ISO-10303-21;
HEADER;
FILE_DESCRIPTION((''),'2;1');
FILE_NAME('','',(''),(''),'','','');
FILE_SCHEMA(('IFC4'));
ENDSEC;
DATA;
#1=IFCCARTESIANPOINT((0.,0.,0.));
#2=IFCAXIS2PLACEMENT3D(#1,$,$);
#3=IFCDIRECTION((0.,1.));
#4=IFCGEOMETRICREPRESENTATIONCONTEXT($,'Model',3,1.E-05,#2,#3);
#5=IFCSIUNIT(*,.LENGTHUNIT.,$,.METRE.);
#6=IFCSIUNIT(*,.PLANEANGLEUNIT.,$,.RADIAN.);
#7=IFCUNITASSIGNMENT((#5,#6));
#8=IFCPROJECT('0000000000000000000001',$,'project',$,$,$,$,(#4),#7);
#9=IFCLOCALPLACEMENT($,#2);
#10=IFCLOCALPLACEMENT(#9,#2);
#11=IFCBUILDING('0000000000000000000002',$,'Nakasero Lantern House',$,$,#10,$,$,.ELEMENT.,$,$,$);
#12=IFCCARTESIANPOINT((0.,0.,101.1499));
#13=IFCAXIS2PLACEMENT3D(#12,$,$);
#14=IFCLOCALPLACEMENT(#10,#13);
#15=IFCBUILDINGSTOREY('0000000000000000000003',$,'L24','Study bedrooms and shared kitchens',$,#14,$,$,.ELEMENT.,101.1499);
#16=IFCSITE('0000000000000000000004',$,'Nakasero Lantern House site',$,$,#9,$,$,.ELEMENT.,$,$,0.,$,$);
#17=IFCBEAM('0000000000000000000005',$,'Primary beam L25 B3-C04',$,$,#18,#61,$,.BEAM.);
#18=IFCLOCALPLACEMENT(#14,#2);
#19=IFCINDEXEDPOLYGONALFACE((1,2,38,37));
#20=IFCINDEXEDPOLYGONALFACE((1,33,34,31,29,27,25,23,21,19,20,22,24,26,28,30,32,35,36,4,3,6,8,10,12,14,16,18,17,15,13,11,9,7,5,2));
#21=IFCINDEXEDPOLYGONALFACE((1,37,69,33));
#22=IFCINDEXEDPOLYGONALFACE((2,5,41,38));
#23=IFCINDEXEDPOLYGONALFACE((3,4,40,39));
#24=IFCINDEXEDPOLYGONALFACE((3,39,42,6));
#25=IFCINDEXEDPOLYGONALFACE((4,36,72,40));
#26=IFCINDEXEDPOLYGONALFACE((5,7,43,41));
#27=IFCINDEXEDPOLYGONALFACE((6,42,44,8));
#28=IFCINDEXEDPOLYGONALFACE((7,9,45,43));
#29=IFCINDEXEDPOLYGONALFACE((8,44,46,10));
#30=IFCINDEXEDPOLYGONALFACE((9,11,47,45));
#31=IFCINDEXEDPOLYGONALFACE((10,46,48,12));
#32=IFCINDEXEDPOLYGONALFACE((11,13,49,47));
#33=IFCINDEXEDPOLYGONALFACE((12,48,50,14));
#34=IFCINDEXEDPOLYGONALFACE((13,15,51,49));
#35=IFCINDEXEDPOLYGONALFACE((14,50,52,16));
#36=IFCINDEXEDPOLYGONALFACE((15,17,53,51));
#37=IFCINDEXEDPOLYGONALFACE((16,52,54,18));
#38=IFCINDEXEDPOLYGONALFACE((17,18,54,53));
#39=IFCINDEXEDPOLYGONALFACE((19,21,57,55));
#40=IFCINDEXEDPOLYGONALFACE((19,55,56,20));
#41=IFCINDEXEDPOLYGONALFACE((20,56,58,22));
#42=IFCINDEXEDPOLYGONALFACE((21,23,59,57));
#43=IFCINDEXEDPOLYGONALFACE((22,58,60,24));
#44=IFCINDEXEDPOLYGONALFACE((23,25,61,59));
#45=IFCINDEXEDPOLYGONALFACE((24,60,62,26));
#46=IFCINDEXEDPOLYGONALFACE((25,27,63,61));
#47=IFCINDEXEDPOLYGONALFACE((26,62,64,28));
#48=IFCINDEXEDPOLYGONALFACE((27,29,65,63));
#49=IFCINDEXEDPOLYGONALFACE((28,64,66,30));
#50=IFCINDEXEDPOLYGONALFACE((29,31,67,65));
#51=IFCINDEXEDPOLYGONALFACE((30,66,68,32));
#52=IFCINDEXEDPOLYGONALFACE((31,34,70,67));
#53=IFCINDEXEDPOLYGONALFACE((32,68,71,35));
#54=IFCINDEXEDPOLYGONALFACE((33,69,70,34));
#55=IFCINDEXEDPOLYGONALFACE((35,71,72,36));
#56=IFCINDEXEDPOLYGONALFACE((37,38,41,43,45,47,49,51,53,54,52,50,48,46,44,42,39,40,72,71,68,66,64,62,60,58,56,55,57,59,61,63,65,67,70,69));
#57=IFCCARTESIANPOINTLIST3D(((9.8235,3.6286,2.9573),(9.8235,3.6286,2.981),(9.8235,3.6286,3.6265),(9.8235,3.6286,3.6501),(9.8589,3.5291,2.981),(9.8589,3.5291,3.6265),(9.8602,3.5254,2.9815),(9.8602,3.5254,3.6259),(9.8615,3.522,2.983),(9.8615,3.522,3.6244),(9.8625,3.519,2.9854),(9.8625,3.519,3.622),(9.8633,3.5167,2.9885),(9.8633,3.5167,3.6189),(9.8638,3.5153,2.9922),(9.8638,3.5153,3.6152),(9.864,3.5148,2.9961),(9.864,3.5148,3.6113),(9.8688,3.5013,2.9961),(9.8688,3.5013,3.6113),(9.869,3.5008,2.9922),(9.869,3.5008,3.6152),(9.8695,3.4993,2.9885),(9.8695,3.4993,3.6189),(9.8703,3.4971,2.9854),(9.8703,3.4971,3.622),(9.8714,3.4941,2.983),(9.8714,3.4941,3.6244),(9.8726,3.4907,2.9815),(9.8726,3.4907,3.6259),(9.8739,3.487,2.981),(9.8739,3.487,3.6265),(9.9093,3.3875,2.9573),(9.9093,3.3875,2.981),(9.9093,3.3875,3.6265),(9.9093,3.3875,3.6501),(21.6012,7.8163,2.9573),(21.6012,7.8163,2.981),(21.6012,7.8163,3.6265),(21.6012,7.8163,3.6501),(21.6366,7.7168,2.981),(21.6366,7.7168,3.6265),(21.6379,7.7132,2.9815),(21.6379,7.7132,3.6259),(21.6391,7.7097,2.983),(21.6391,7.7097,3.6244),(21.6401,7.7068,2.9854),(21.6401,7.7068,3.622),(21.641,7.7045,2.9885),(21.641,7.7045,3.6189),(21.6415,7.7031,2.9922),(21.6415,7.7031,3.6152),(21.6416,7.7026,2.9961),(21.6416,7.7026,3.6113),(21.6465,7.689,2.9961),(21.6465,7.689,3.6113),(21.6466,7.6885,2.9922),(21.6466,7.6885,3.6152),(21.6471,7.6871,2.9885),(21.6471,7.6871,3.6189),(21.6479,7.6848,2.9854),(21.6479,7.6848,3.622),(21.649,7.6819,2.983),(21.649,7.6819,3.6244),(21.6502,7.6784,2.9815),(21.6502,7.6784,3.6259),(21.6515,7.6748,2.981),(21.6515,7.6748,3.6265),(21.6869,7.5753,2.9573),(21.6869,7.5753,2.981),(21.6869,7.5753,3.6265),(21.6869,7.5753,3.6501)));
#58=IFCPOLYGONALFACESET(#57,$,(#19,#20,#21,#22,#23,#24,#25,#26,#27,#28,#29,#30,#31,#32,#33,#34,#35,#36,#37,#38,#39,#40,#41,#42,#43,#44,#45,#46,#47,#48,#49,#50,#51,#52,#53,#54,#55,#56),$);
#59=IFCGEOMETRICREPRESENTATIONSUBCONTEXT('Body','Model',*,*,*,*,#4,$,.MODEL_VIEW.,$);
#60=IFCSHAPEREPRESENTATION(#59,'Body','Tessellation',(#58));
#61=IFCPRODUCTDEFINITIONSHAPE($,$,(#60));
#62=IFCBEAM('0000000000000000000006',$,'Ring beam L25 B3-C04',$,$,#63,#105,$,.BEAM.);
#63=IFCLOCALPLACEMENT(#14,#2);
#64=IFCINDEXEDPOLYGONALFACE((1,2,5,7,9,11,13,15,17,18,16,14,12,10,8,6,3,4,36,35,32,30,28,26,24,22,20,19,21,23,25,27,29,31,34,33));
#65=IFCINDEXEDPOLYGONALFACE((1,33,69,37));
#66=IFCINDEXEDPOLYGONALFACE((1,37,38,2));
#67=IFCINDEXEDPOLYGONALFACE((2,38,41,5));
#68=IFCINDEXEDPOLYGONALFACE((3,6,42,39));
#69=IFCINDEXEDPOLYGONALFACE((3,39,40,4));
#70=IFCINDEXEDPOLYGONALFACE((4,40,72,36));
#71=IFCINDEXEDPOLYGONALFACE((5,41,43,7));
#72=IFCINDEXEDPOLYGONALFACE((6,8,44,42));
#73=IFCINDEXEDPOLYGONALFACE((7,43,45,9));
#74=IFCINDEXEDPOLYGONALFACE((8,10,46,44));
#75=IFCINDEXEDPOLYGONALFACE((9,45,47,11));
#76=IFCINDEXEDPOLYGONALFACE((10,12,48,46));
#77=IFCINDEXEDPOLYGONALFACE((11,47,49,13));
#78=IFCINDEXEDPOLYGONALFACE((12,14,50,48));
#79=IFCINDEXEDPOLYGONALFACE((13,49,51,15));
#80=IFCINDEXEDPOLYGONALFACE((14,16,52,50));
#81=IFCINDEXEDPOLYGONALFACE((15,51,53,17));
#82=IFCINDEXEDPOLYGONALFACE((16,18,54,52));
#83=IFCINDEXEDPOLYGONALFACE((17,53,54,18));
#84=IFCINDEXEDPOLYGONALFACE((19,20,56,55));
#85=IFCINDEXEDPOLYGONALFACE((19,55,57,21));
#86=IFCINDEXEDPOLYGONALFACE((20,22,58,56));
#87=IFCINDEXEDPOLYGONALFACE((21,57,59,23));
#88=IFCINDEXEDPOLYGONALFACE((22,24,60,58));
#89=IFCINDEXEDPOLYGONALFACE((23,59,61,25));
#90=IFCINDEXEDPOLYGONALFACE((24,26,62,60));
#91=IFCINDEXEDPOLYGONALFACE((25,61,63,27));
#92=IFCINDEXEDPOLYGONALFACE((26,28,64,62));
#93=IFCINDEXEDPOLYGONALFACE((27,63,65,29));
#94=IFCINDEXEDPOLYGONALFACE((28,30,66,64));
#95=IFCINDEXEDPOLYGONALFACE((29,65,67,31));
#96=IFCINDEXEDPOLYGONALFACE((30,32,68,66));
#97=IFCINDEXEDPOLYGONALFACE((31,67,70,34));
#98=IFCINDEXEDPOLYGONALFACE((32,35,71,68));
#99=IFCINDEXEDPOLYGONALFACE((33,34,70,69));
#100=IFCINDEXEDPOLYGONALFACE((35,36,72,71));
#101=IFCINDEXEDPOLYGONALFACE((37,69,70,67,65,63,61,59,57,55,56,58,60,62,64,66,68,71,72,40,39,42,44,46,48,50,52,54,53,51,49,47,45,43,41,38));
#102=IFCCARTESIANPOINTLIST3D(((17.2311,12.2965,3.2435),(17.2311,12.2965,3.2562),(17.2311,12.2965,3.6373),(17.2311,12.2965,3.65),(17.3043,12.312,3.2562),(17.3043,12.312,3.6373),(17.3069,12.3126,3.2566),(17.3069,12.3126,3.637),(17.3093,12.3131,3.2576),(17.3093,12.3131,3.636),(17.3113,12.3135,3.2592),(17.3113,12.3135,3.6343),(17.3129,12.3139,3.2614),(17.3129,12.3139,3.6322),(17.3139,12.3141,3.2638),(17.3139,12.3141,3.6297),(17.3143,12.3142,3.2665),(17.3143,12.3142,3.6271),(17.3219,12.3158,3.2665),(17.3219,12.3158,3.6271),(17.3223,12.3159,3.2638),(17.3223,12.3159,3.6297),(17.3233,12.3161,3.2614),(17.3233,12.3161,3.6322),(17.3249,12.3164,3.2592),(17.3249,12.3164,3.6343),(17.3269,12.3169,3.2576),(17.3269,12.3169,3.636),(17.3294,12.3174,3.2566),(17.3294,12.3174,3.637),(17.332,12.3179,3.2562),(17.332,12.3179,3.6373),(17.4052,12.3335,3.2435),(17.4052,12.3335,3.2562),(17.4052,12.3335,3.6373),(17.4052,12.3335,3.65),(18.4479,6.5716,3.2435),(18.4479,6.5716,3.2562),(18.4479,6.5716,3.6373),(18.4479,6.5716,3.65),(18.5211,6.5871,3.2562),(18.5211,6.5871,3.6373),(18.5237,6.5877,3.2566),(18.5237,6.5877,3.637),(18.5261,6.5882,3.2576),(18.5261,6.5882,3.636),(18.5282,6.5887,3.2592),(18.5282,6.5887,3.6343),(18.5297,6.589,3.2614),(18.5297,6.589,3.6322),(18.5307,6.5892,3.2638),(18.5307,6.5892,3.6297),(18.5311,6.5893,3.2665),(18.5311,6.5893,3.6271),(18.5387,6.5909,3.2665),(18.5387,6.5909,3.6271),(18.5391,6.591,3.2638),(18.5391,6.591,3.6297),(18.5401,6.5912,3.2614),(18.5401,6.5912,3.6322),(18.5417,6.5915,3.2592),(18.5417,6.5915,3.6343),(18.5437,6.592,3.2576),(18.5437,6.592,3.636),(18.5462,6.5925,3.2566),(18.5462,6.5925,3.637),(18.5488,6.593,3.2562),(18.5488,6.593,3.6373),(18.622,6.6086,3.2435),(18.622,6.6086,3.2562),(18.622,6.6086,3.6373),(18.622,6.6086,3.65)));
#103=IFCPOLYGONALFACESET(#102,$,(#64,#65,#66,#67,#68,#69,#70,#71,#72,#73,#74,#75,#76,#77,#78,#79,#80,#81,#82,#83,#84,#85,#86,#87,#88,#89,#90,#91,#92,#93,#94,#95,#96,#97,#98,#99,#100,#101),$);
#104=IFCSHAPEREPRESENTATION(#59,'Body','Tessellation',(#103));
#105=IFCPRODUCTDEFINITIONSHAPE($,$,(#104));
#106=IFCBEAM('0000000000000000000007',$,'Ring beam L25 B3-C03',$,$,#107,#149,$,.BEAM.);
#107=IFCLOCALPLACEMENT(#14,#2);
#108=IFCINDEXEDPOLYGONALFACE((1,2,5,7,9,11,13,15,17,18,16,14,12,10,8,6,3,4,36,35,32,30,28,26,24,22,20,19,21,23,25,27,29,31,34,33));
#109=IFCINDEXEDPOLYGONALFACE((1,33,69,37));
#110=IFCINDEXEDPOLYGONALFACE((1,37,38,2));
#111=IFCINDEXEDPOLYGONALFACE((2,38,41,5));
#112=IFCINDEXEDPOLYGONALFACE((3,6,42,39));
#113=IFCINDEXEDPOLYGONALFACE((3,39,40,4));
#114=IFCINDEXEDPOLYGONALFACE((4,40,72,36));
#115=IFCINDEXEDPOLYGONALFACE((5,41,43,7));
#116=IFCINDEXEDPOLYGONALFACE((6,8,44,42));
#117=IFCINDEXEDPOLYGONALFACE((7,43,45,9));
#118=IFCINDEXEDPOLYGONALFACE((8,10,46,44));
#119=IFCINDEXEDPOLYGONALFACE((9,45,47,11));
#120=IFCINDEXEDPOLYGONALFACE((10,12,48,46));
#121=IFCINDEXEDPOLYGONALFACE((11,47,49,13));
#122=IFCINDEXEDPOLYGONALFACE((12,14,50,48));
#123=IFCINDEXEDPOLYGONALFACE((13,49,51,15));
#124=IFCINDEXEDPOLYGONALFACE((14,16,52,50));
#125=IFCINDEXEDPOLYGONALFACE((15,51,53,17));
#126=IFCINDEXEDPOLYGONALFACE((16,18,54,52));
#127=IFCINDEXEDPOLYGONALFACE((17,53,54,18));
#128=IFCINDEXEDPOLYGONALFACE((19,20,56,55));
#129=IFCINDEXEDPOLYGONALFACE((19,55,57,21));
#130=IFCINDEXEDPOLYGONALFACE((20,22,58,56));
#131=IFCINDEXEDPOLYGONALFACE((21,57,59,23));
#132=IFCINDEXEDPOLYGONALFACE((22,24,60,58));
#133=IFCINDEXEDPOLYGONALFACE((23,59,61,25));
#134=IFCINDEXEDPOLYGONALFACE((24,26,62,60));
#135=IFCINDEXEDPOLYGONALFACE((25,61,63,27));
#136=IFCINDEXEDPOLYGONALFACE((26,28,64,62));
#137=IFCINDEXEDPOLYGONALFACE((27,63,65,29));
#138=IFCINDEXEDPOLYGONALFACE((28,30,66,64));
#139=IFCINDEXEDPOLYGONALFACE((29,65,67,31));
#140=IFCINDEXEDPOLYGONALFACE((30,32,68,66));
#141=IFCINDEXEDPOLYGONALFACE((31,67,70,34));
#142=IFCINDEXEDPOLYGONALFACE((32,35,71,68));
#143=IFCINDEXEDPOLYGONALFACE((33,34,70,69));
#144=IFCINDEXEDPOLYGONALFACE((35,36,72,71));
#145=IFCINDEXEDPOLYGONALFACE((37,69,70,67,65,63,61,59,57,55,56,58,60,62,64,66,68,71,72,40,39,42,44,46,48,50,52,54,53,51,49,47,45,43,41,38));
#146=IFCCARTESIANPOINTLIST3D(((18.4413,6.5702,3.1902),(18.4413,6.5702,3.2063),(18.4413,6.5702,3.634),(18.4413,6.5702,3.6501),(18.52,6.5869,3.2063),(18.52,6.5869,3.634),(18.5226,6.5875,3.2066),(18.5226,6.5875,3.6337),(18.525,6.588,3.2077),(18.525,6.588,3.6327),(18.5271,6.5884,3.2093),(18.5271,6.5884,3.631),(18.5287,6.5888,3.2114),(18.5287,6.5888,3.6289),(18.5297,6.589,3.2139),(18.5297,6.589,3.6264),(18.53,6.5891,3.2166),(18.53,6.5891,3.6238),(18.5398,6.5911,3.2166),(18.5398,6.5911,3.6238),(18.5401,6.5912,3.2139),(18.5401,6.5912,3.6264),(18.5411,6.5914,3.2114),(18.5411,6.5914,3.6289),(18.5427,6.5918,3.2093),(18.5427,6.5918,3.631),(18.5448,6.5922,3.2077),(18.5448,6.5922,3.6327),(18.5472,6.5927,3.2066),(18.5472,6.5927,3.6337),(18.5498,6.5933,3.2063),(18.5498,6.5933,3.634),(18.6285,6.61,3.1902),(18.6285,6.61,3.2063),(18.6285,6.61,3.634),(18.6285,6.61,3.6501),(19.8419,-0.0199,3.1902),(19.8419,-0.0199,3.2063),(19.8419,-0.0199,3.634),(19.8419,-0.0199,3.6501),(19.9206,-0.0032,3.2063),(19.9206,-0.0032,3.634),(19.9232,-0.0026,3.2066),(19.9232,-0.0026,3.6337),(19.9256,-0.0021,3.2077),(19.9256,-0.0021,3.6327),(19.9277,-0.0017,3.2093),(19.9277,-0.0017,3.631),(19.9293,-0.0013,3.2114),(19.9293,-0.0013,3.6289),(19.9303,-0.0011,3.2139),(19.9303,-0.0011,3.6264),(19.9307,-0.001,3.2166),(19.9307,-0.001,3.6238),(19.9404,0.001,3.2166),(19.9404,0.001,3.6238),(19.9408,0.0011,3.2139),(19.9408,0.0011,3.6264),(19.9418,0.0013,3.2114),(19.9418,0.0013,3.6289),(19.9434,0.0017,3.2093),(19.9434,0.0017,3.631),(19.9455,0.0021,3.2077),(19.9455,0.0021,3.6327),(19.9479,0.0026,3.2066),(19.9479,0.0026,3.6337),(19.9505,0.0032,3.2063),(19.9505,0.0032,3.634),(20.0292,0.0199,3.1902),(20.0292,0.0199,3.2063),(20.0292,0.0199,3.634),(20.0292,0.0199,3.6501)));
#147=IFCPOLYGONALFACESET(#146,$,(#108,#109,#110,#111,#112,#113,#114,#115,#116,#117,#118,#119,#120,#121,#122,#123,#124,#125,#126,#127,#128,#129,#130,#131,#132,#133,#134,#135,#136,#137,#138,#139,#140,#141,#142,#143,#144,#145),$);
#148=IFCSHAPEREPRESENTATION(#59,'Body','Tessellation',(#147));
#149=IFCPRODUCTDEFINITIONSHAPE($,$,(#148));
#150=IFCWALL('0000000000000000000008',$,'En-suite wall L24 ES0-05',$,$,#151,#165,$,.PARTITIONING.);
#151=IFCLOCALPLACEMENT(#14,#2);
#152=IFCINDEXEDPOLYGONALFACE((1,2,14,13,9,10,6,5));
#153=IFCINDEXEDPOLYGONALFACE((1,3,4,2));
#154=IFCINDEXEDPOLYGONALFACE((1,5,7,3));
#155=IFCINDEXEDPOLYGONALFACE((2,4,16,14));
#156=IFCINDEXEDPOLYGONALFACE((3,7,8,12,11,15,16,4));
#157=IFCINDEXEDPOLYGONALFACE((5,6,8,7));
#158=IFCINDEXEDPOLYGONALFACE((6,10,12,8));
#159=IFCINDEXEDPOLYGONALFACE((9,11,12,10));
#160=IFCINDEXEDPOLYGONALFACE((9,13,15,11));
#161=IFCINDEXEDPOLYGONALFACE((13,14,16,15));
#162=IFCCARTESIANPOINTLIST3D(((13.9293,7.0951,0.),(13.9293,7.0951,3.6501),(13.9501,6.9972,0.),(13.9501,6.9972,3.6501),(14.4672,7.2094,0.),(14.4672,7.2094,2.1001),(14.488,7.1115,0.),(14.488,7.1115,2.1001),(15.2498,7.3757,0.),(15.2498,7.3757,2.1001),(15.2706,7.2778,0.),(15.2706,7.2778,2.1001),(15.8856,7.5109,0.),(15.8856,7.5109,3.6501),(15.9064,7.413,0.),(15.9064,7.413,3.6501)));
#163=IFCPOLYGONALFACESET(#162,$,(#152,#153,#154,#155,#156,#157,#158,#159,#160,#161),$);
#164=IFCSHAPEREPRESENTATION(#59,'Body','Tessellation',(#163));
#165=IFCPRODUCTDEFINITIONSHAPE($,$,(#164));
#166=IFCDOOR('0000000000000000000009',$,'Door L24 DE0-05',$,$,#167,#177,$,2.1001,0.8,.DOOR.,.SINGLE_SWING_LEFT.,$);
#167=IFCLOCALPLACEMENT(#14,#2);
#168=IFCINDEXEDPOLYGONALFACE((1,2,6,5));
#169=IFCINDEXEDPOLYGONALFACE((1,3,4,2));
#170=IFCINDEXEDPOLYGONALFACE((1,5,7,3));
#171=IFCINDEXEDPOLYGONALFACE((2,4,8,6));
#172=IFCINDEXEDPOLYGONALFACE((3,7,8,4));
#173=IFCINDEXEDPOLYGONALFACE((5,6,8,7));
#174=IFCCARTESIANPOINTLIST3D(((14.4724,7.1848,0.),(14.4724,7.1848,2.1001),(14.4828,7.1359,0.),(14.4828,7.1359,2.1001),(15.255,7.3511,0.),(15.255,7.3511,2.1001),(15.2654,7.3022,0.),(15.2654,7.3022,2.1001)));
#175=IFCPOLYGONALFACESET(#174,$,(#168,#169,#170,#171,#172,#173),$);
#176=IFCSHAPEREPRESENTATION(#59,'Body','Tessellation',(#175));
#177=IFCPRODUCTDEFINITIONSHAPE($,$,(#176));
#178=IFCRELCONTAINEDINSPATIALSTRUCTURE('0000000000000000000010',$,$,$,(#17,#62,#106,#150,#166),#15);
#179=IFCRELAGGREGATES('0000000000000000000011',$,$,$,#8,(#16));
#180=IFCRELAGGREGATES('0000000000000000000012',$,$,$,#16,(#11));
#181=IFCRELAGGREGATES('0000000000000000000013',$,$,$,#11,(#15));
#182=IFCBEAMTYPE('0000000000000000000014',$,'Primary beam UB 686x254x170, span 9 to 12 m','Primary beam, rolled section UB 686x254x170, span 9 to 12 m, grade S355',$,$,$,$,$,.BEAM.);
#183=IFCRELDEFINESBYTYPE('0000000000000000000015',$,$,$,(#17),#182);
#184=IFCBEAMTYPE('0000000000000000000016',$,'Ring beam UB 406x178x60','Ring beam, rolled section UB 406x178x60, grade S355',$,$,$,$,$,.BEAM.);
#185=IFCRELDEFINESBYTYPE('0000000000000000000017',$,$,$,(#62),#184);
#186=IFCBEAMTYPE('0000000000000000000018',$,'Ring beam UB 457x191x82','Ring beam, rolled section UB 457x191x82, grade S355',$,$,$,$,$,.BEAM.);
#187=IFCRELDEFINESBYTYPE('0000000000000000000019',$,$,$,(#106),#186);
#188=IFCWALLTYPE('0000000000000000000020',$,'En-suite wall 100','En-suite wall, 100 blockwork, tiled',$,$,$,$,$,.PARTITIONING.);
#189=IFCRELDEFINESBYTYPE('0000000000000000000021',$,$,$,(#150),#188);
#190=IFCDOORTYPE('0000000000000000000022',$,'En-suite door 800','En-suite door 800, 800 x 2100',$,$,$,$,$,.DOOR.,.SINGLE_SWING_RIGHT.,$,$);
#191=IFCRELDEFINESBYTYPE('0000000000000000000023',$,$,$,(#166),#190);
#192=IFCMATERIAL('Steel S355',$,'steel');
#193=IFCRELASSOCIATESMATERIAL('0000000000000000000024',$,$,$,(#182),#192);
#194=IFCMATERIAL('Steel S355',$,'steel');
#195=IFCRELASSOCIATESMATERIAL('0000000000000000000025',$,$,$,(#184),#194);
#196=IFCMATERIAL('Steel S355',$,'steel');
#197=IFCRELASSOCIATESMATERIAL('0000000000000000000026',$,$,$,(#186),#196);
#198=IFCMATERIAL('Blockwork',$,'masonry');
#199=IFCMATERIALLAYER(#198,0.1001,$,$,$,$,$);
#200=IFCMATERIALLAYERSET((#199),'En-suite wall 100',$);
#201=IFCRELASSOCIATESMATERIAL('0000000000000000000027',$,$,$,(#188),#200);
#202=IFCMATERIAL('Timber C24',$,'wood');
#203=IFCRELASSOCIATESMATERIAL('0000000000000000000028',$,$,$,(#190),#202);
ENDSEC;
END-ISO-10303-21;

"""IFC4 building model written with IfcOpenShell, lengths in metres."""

from ifc_helpers import new_model, si_unit, direction, frame, frame_2d, origin, origin_2d, place, context, subcontext, project, spatial, rectangle, i_section, extrude, material, layer, layer_set, material_profile, profile_set, type_object, element, fill, save


model = new_model("IFC4")

# Units and contexts
model_context = context("Model", 3, precision=1e-05, world=origin(), true_north=direction((0.0, 1.0)))
body_context = subcontext(model_context, "Body", "Model", "MODEL_VIEW")
ifc_project = project(units=[si_unit("LENGTHUNIT", "METRE"), si_unit("PLANEANGLEUNIT", "RADIAN")], contexts=[model_context])

# Site, building, storey
site_placement = place(None, origin())
site = spatial("IfcSite", under=ifc_project, at=site_placement, Name="Nakasero Lantern House site", CompositionType="ELEMENT", RefElevation=0.0)
building_placement = place(site_placement, origin())
building = spatial("IfcBuilding", under=site, at=building_placement, Name="Nakasero Lantern House", CompositionType="ELEMENT")
storey_placement = place(building_placement, frame((0.0, 0.0, 101.1499)))
storey = spatial("IfcBuildingStorey", under=building, at=storey_placement, Name="L24", Description="Study bedrooms and shared kitchens", CompositionType="ELEMENT", Elevation=101.1499)

# Beams
ifc_material_1 = material(Name="Steel S355", Category="steel")
ifc_material_profile_1 = material_profile(ifc_material_1, i_section(OverallWidth=0.2559, OverallDepth=0.6929, WebThickness=0.0144, FlangeThickness=0.0237, FilletRadius=0.0151, at=origin_2d()), Name="UB 686x254x170")
ifc_profile_set_1 = profile_set([ifc_material_profile_1], Name="Steel S355")
beam_type_1 = type_object("IfcBeamType", Name="Primary beam UB 686x254x170, span 9 to 12 m", Description="Primary beam, rolled section UB 686x254x170, span 9 to 12 m, grade S355", PredefinedType="BEAM", material=ifc_profile_set_1)
beam_1_placement = place(storey_placement, frame((21.644, 7.6958, 3.3037), z_axis=(-0.942211, -0.335021, 0.0), x_axis=(0.335021, -0.942211, 0.0)))
element("IfcBeam", 1, at=beam_1_placement, inside=storey, type_object=beam_type_1, Name="Primary beam L25 B3-C04", PredefinedType="BEAM", context=body_context, shape_type="SweptSolid", body=[
    extrude(i_section(OverallWidth=0.2559, OverallDepth=0.6929, WebThickness=0.0144, FlangeThickness=0.0237, FilletRadius=0.0151, at=origin_2d()), origin(), (0.0, 0.0, 1.0), 12.5),
])
ifc_material_2 = material(Name="Steel S355", Category="steel")
ifc_material_profile_2 = material_profile(ifc_material_2, i_section(OverallWidth=0.178, OverallDepth=0.4065, WebThickness=0.0078, FlangeThickness=0.0127, FilletRadius=0.0103, at=origin_2d()), Name="UB 406x178x60")
ifc_profile_set_2 = profile_set([ifc_material_profile_2], Name="Steel S355")
beam_type_2 = type_object("IfcBeamType", Name="Ring beam UB 406x178x60", Description="Ring beam, rolled section UB 406x178x60, grade S355", PredefinedType="BEAM", material=ifc_profile_set_2)
beam_2_placement = place(storey_placement, frame((18.5349, 6.5901, 3.4468), z_axis=(-0.207902, 0.97815, 0.0), x_axis=(-0.97815, -0.207902, 0.0)))
element("IfcBeam", 2, at=beam_2_placement, inside=storey, type_object=beam_type_2, Name="Ring beam L25 B3-C04", PredefinedType="BEAM", context=body_context, shape_type="SweptSolid", body=[
    extrude(i_section(OverallWidth=0.178, OverallDepth=0.4065, WebThickness=0.0078, FlangeThickness=0.0127, FilletRadius=0.0103, at=origin_2d()), origin(), (0.0, 0.0, 1.0), 5.8528),
])
ifc_material_3 = material(Name="Steel S355", Category="steel")
ifc_material_profile_3 = material_profile(ifc_material_3, i_section(OverallWidth=0.1914, OverallDepth=0.46, WebThickness=0.01, FlangeThickness=0.0161, FilletRadius=0.0103, at=origin_2d()), Name="UB 457x191x82")
ifc_profile_set_3 = profile_set([ifc_material_profile_3], Name="Steel S355")
beam_type_3 = type_object("IfcBeamType", Name="Ring beam UB 457x191x82", Description="Ring beam, rolled section UB 457x191x82, grade S355", PredefinedType="BEAM", material=ifc_profile_set_3)
beam_3_placement = place(storey_placement, frame((19.9355, 0.0, 3.4202), z_axis=(-0.207893, 0.978152, 0.0), x_axis=(-0.978152, -0.207893, 0.0)))
element("IfcBeam", 3, at=beam_3_placement, inside=storey, type_object=beam_type_3, Name="Ring beam L25 B3-C03", PredefinedType="BEAM", context=body_context, shape_type="SweptSolid", body=[
    extrude(i_section(OverallWidth=0.1914, OverallDepth=0.46, WebThickness=0.01, FlangeThickness=0.0161, FilletRadius=0.0103, at=origin_2d()), origin(), (0.0, 0.0, 1.0), 6.7373),
])

# Wall, opening, door
ifc_material_4 = material(Name="Blockwork", Category="masonry")
ifc_layer_1 = layer(ifc_material_4, 0.1001)
ifc_layer_set_1 = layer_set([ifc_layer_1], Name="En-suite wall 100")
wall_type_1 = type_object("IfcWallType", Name="En-suite wall 100", Description="En-suite wall, 100 blockwork, tiled", PredefinedType="PARTITIONING", material=ifc_layer_set_1)
wall_1_placement = place(storey_placement, frame((13.9397, 7.0461, 0.0), z_axis=(0.0, 0.0, 1.0), x_axis=(0.978153, 0.207886, 0.0)))
wall_1 = element("IfcWall", 4, at=wall_1_placement, inside=storey, type_object=wall_type_1, Name="En-suite wall L24 ES0-05", PredefinedType="PARTITIONING", context=body_context, shape_type="SweptSolid", body=[
    extrude(rectangle(XDim=2.0, YDim=0.1001, at=frame_2d((1.0, 0.0))), origin(), (0.0, 0.0, 1.0), 3.6501),
])
opening_1_placement = place(wall_1_placement, frame((0.55, 0.0, 0.0)))
opening_1 = element("IfcOpeningElement", 5, at=opening_1_placement, cuts=wall_1, PredefinedType="OPENING", context=body_context, shape_type="SweptSolid", body=[
    extrude(rectangle(XDim=0.8, YDim=2.1001, at=frame_2d((0.3999, 1.05))), frame((0.0, 0.0701, 0.0), z_axis=(0.0, -1.0, 0.0), x_axis=(1.0, 0.0, 0.0)), (0.0, 0.0, 1.0), 0.1401),
])
ifc_material_5 = material(Name="Timber C24", Category="wood")
door_type = type_object("IfcDoorType", Name="En-suite door 800", Description="En-suite door 800, 800 x 2100", OperationType="SINGLE_SWING_RIGHT", PredefinedType="DOOR", material=ifc_material_5)
door_1_placement = place(opening_1_placement, origin())
door_1 = element("IfcDoor", 6, at=door_1_placement, inside=storey, type_object=door_type, Name="Door L24 DE0-05", OperationType="SINGLE_SWING_LEFT", OverallHeight=2.1001, OverallWidth=0.8, PredefinedType="DOOR", context=body_context, shape_type="SweptSolid", body=[
    extrude(rectangle(XDim=0.8, YDim=2.1001, at=frame_2d((0.3999, 1.05))), frame((0.0, 0.0249, 0.0), z_axis=(0.0, -1.0, 0.0), x_axis=(1.0, 0.0, 0.0)), (0.0, 0.0, 1.0), 0.05),
])
fill(opening_1, door_1)

save(model, "model.ifc")
